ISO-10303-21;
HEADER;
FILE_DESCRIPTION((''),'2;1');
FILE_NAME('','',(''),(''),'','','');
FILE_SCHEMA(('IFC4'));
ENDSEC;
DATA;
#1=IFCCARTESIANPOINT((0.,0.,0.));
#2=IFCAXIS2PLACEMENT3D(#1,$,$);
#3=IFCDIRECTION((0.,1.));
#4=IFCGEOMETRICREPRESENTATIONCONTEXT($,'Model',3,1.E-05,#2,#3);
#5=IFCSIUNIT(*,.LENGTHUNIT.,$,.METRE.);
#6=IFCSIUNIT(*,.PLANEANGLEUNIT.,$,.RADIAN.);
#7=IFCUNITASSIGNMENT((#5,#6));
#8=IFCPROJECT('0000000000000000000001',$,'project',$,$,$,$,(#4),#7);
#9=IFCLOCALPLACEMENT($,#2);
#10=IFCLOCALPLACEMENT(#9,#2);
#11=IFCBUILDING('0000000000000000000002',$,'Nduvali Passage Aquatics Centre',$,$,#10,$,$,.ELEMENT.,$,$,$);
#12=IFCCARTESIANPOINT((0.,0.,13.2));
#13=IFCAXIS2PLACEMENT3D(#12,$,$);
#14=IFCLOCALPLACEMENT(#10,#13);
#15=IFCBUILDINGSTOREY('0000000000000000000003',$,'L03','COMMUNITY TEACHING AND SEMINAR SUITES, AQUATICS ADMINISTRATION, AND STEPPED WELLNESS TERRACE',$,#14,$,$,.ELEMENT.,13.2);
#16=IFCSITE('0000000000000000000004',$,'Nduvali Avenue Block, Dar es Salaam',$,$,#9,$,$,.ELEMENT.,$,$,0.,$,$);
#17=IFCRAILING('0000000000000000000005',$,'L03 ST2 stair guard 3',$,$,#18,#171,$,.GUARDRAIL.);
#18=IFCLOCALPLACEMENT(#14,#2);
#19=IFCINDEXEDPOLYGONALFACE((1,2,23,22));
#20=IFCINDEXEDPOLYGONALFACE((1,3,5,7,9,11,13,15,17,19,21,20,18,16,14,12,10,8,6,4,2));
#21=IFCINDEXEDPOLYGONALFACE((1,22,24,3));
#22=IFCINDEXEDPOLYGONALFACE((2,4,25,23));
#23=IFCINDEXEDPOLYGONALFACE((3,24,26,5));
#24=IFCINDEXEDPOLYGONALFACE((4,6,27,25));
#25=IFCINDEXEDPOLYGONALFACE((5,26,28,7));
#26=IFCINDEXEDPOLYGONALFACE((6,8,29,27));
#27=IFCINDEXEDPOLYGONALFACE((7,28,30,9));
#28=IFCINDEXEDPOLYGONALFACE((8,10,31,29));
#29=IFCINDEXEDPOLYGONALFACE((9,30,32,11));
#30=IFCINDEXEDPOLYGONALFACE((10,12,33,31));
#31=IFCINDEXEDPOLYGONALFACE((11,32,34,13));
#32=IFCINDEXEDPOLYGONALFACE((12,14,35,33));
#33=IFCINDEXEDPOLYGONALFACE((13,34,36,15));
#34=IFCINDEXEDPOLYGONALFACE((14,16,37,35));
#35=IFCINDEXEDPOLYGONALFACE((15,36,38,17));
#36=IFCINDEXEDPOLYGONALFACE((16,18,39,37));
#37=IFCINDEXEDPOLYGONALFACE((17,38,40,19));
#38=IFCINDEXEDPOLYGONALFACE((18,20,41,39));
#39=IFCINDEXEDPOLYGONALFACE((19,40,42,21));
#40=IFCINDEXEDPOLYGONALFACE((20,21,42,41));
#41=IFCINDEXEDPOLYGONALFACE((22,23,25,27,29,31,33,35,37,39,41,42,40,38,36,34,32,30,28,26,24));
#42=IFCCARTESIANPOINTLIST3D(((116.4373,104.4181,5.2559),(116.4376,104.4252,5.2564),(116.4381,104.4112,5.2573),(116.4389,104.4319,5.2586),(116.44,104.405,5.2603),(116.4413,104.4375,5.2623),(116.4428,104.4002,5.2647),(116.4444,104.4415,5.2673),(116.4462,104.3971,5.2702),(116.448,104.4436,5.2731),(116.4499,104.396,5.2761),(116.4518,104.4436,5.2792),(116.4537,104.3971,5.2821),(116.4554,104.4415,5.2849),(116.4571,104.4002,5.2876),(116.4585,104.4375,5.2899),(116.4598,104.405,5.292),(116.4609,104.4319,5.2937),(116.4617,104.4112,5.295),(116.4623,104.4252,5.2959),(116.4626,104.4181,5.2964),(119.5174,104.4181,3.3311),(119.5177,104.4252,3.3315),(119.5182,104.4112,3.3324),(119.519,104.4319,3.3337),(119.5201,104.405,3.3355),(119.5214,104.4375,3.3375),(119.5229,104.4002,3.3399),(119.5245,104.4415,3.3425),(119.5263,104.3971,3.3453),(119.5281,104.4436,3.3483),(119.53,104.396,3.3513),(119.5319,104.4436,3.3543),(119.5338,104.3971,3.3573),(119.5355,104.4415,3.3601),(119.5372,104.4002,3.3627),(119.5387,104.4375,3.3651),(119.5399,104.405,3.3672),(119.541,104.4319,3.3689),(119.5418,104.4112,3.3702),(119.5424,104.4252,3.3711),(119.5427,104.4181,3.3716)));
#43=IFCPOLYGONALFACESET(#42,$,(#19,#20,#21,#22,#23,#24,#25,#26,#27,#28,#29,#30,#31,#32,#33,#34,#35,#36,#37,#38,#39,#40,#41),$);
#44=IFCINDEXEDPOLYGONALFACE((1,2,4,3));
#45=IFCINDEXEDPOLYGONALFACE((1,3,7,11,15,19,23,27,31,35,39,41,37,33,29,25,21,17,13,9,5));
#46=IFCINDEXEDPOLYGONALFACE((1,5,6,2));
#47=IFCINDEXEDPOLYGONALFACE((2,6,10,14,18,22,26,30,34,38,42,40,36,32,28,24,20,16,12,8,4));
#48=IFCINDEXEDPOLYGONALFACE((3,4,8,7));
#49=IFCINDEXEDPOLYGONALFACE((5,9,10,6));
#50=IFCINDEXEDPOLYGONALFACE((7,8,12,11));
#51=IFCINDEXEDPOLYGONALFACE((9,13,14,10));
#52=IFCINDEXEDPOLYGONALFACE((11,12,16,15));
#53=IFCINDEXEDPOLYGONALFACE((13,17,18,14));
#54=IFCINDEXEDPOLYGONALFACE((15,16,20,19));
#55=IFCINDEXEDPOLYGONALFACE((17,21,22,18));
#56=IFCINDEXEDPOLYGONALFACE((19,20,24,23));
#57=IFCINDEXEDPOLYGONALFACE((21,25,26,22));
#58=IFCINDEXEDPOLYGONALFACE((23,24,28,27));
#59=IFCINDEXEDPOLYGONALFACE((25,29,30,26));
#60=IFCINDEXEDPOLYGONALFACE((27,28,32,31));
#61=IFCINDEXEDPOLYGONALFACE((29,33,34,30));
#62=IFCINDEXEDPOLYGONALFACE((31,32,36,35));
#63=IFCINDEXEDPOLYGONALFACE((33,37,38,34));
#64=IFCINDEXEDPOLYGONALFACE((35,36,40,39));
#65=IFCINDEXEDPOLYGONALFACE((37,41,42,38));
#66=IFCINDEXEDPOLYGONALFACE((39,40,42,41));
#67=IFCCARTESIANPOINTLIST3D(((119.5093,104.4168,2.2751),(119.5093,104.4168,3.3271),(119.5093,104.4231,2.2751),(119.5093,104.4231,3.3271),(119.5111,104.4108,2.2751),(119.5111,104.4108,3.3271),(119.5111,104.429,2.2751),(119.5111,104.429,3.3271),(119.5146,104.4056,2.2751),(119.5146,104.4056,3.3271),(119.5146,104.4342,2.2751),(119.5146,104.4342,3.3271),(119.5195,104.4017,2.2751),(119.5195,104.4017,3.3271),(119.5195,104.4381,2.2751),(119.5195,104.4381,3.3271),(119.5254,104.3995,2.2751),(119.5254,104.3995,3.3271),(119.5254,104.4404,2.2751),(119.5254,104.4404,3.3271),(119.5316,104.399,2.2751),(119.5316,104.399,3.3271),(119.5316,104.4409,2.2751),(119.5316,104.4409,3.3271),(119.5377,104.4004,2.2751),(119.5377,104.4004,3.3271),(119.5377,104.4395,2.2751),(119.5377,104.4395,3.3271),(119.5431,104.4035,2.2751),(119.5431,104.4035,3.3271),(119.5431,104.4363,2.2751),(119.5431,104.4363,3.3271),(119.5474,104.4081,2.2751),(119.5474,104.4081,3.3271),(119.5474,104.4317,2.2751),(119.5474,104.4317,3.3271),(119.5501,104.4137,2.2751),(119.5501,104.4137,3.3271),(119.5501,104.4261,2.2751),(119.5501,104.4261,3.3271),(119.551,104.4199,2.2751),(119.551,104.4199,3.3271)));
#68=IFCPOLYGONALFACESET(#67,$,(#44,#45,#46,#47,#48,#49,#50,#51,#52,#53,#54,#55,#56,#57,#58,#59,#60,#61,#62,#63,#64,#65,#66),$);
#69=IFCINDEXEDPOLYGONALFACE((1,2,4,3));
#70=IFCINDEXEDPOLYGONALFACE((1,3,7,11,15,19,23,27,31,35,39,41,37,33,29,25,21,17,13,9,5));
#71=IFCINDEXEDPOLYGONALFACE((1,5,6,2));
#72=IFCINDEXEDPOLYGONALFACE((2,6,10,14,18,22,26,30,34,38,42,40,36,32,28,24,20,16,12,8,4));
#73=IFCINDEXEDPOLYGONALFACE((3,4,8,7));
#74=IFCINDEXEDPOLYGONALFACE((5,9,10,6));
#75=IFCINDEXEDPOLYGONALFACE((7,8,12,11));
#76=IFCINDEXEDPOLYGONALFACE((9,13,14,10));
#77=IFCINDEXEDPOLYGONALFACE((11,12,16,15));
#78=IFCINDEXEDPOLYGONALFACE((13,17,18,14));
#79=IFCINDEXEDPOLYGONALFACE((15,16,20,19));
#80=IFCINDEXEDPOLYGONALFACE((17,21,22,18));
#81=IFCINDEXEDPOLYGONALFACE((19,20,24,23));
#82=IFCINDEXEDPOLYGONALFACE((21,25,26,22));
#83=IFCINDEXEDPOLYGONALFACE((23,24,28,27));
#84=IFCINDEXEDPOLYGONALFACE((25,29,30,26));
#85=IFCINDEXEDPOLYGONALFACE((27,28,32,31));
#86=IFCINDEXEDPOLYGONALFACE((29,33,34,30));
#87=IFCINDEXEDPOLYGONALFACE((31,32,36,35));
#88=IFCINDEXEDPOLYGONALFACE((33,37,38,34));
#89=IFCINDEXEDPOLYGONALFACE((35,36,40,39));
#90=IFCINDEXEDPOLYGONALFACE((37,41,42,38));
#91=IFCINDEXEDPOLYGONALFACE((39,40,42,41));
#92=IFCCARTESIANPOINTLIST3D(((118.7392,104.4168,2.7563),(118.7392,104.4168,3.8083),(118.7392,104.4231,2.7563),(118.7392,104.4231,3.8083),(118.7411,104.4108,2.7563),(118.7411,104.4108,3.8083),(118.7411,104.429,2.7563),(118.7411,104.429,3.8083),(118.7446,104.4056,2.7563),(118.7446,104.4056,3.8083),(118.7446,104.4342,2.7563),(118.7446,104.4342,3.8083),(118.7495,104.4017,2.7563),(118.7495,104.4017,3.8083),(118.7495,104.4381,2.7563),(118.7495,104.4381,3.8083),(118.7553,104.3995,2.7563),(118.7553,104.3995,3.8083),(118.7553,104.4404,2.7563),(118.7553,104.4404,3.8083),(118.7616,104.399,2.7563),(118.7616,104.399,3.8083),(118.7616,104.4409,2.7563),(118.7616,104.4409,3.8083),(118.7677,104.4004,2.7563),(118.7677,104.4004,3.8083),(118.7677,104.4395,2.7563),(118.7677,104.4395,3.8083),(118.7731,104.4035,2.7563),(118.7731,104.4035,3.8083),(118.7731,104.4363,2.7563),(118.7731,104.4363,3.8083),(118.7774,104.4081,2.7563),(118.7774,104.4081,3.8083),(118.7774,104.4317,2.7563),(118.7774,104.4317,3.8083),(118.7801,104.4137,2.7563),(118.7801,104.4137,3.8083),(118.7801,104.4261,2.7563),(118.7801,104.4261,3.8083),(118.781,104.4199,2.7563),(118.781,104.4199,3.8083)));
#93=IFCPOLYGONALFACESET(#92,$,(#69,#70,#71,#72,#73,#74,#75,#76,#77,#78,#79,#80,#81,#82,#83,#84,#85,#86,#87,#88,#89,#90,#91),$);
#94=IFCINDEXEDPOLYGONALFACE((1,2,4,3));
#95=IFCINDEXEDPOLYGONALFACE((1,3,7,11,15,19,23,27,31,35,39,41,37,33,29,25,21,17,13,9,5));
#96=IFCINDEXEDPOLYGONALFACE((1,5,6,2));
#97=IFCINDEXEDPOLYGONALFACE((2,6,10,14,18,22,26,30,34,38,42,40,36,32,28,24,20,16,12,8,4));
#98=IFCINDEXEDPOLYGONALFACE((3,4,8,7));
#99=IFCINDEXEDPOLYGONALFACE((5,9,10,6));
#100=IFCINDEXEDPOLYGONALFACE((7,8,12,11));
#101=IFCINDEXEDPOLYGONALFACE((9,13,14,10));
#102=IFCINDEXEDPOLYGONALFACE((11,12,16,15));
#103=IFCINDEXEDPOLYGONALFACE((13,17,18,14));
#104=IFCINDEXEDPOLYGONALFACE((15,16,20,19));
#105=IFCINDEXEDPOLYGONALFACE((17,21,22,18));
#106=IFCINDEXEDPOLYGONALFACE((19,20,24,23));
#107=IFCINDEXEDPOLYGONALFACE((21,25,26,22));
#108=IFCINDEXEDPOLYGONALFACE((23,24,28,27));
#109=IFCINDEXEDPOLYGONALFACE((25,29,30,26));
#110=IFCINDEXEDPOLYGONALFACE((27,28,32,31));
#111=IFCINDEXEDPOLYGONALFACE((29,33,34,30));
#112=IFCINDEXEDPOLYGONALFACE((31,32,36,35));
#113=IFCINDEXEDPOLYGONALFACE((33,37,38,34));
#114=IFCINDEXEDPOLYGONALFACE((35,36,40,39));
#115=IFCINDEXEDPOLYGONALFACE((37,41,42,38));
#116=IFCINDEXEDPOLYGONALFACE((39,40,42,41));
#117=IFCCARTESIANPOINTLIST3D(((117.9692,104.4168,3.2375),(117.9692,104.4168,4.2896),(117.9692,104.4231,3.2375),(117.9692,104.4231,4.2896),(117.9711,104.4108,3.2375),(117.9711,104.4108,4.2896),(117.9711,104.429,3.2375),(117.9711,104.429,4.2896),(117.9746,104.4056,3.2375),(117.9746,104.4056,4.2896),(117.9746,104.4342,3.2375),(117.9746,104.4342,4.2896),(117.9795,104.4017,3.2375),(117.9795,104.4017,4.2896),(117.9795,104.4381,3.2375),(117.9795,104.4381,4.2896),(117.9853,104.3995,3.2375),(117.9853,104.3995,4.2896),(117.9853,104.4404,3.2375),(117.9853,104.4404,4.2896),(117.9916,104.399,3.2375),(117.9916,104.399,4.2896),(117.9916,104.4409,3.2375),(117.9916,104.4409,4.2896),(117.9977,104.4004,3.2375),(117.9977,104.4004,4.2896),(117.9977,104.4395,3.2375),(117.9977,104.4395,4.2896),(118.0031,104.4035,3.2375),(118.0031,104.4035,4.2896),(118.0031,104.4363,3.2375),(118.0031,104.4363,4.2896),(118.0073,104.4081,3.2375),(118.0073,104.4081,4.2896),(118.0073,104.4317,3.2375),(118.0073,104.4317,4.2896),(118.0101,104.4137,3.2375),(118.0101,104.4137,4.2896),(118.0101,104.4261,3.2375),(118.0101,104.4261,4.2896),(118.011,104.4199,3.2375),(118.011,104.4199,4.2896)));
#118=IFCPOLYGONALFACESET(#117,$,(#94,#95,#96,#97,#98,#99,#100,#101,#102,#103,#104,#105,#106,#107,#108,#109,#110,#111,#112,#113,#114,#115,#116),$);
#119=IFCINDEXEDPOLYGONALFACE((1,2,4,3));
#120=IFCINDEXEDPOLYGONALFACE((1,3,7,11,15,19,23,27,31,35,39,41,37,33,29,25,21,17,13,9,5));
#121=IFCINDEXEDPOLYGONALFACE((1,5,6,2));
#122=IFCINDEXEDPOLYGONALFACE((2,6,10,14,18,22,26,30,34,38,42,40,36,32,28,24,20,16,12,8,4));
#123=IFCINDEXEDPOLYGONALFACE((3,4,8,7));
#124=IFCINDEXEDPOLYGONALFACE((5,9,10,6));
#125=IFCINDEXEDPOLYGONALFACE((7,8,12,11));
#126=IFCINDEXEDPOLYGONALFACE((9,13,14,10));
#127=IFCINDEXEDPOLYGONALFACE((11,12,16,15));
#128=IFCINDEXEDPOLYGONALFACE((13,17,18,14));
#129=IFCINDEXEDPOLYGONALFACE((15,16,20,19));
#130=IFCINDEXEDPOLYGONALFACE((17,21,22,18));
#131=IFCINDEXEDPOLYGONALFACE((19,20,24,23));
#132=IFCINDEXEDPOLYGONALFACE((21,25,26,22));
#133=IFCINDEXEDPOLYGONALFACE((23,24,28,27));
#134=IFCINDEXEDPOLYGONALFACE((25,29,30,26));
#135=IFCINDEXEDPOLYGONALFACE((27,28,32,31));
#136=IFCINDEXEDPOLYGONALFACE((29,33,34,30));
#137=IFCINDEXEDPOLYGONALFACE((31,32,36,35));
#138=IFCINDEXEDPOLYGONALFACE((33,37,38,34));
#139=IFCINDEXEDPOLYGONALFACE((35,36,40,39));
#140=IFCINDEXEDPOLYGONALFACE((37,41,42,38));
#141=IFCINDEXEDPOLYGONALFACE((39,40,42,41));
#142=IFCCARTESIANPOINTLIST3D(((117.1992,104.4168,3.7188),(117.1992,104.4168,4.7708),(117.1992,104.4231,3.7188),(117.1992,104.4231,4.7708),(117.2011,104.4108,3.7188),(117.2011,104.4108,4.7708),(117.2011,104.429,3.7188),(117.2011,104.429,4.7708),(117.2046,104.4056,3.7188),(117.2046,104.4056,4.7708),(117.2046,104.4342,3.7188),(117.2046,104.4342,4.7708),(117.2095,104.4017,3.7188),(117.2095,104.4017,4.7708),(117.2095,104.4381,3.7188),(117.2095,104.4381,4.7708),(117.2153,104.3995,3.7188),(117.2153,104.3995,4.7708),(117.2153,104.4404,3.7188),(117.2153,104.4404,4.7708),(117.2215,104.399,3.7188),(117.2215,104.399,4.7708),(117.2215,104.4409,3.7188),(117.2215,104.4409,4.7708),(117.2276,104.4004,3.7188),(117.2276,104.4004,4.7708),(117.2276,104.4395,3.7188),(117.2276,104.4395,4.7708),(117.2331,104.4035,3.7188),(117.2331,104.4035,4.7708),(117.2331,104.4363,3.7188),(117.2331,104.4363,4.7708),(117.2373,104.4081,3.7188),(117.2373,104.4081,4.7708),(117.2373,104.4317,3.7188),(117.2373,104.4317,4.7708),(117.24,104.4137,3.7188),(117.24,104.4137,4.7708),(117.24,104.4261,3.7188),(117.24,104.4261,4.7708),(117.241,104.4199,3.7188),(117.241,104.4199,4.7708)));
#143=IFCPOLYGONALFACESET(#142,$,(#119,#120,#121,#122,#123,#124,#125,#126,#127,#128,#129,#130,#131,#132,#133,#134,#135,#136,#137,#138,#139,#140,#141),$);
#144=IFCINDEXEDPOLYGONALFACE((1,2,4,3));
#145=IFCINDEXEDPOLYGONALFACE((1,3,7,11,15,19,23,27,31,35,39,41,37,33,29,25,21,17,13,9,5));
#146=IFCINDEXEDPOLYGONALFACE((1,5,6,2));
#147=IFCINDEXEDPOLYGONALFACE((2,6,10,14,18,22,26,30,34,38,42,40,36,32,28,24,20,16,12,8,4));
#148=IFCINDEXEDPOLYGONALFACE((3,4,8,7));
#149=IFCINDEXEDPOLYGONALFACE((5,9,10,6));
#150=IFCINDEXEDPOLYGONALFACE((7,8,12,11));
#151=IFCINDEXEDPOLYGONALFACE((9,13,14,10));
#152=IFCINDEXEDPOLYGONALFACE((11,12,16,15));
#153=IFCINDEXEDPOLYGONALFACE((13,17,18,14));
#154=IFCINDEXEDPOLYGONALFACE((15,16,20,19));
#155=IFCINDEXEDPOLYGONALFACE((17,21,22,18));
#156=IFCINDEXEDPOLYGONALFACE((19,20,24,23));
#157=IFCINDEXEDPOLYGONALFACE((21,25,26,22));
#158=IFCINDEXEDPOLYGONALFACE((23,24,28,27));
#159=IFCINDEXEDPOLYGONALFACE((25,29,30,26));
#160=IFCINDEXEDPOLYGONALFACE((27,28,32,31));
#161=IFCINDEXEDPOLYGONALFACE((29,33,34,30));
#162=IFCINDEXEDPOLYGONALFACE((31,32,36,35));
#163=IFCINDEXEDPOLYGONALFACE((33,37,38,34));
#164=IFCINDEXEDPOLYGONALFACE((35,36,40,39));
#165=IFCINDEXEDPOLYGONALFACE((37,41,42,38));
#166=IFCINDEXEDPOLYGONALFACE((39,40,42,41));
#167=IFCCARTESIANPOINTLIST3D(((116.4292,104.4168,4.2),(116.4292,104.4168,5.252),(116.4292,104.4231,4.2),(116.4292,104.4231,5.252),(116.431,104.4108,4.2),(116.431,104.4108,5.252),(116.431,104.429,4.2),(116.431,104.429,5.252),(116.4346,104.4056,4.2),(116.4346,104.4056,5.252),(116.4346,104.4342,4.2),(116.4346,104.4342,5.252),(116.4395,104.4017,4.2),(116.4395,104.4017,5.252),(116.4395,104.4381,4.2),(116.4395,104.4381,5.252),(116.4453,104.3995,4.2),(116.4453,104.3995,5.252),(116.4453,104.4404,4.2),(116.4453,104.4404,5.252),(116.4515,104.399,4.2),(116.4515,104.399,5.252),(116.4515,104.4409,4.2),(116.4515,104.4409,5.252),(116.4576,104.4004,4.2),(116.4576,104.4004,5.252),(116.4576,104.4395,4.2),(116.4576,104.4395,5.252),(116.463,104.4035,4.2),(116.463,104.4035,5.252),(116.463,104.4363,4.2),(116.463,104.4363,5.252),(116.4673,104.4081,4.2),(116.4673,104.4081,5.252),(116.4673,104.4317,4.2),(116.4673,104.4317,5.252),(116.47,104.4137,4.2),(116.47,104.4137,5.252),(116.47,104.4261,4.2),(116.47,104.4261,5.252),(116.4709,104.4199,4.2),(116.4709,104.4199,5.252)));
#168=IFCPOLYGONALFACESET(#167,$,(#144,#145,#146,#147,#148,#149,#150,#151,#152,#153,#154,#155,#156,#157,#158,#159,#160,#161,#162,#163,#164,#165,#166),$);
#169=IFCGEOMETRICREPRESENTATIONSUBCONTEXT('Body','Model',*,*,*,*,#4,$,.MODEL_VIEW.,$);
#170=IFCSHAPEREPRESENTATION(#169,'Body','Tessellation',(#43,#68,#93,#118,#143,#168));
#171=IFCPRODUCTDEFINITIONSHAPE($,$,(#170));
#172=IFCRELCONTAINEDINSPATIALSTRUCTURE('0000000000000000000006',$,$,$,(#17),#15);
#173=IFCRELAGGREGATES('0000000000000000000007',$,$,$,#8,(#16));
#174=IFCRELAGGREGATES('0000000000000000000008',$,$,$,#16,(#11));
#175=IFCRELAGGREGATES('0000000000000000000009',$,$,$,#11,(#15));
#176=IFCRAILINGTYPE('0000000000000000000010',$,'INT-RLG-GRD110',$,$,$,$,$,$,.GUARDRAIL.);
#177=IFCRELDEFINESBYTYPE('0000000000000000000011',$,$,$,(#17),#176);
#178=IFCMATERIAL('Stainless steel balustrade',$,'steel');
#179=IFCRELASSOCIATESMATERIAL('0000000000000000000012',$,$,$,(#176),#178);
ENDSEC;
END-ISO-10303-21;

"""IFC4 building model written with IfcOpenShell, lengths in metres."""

from ifc_helpers import new_model, si_unit, direction, frame, origin, origin_2d, place, context, subcontext, project, spatial, circle, extrude, material, type_object, element, save


model = new_model("IFC4")

# Units and contexts
model_context = context("Model", 3, precision=1e-05, world=origin(), true_north=direction((0.0, 1.0)))
body_context = subcontext(model_context, "Body", "Model", "MODEL_VIEW")
ifc_project = project(units=[si_unit("LENGTHUNIT", "METRE"), si_unit("PLANEANGLEUNIT", "RADIAN")], contexts=[model_context])

# Site, building, storey
site_placement = place(None, origin())
site = spatial("IfcSite", under=ifc_project, at=site_placement, Name="Nduvali Avenue Block, Dar es Salaam", CompositionType="ELEMENT", RefElevation=0.0)
building_placement = place(site_placement, origin())
building = spatial("IfcBuilding", under=site, at=building_placement, Name="Nduvali Passage Aquatics Centre", CompositionType="ELEMENT")
storey_placement = place(building_placement, frame((0.0, 0.0, 13.2)))
storey = spatial("IfcBuildingStorey", under=building, at=storey_placement, Name="L03", Description="COMMUNITY TEACHING AND SEMINAR SUITES, AQUATICS ADMINISTRATION, AND STEPPED WELLNESS TERRACE", CompositionType="ELEMENT", Elevation=13.2)

# Railing
ifc_material_1 = material(Name="Stainless steel balustrade", Category="steel")
railing_type_1 = type_object("IfcRailingType", Name="INT-RLG-GRD110", PredefinedType="GUARDRAIL", material=ifc_material_1)
railing_1_placement = place(storey_placement, frame((119.53, 104.4199, 2.2751)))
element("IfcRailing", 1, at=railing_1_placement, inside=storey, type_object=railing_type_1, Name="L03 ST2 stair guard 3", PredefinedType="GUARDRAIL", context=body_context, shape_type="SweptSolid", body=[
    extrude(circle(Radius=0.0239, at=origin_2d()), frame((0.0, 0.0, 1.0762), z_axis=(-0.848029, 0.0, 0.529951), x_axis=(0.0, -1.0, 0.0)), (0.0, 0.0, 1.0), 3.6321),
    extrude(circle(Radius=0.021, at=origin_2d()), origin(), (0.0, 0.0, 1.0), 1.052),
    extrude(circle(Radius=0.021, at=origin_2d()), frame((-0.77, 0.0, 0.4812)), (0.0, 0.0, 1.0), 1.052),
    extrude(circle(Radius=0.021, at=origin_2d()), frame((-1.54, 0.0, 0.9624)), (0.0, 0.0, 1.0), 1.052),
    extrude(circle(Radius=0.021, at=origin_2d()), frame((-2.3101, 0.0, 1.4436)), (0.0, 0.0, 1.0), 1.052),
    extrude(circle(Radius=0.021, at=origin_2d()), frame((-3.0801, 0.0, 1.9248)), (0.0, 0.0, 1.0), 1.052),
])

save(model, "model.ifc")
